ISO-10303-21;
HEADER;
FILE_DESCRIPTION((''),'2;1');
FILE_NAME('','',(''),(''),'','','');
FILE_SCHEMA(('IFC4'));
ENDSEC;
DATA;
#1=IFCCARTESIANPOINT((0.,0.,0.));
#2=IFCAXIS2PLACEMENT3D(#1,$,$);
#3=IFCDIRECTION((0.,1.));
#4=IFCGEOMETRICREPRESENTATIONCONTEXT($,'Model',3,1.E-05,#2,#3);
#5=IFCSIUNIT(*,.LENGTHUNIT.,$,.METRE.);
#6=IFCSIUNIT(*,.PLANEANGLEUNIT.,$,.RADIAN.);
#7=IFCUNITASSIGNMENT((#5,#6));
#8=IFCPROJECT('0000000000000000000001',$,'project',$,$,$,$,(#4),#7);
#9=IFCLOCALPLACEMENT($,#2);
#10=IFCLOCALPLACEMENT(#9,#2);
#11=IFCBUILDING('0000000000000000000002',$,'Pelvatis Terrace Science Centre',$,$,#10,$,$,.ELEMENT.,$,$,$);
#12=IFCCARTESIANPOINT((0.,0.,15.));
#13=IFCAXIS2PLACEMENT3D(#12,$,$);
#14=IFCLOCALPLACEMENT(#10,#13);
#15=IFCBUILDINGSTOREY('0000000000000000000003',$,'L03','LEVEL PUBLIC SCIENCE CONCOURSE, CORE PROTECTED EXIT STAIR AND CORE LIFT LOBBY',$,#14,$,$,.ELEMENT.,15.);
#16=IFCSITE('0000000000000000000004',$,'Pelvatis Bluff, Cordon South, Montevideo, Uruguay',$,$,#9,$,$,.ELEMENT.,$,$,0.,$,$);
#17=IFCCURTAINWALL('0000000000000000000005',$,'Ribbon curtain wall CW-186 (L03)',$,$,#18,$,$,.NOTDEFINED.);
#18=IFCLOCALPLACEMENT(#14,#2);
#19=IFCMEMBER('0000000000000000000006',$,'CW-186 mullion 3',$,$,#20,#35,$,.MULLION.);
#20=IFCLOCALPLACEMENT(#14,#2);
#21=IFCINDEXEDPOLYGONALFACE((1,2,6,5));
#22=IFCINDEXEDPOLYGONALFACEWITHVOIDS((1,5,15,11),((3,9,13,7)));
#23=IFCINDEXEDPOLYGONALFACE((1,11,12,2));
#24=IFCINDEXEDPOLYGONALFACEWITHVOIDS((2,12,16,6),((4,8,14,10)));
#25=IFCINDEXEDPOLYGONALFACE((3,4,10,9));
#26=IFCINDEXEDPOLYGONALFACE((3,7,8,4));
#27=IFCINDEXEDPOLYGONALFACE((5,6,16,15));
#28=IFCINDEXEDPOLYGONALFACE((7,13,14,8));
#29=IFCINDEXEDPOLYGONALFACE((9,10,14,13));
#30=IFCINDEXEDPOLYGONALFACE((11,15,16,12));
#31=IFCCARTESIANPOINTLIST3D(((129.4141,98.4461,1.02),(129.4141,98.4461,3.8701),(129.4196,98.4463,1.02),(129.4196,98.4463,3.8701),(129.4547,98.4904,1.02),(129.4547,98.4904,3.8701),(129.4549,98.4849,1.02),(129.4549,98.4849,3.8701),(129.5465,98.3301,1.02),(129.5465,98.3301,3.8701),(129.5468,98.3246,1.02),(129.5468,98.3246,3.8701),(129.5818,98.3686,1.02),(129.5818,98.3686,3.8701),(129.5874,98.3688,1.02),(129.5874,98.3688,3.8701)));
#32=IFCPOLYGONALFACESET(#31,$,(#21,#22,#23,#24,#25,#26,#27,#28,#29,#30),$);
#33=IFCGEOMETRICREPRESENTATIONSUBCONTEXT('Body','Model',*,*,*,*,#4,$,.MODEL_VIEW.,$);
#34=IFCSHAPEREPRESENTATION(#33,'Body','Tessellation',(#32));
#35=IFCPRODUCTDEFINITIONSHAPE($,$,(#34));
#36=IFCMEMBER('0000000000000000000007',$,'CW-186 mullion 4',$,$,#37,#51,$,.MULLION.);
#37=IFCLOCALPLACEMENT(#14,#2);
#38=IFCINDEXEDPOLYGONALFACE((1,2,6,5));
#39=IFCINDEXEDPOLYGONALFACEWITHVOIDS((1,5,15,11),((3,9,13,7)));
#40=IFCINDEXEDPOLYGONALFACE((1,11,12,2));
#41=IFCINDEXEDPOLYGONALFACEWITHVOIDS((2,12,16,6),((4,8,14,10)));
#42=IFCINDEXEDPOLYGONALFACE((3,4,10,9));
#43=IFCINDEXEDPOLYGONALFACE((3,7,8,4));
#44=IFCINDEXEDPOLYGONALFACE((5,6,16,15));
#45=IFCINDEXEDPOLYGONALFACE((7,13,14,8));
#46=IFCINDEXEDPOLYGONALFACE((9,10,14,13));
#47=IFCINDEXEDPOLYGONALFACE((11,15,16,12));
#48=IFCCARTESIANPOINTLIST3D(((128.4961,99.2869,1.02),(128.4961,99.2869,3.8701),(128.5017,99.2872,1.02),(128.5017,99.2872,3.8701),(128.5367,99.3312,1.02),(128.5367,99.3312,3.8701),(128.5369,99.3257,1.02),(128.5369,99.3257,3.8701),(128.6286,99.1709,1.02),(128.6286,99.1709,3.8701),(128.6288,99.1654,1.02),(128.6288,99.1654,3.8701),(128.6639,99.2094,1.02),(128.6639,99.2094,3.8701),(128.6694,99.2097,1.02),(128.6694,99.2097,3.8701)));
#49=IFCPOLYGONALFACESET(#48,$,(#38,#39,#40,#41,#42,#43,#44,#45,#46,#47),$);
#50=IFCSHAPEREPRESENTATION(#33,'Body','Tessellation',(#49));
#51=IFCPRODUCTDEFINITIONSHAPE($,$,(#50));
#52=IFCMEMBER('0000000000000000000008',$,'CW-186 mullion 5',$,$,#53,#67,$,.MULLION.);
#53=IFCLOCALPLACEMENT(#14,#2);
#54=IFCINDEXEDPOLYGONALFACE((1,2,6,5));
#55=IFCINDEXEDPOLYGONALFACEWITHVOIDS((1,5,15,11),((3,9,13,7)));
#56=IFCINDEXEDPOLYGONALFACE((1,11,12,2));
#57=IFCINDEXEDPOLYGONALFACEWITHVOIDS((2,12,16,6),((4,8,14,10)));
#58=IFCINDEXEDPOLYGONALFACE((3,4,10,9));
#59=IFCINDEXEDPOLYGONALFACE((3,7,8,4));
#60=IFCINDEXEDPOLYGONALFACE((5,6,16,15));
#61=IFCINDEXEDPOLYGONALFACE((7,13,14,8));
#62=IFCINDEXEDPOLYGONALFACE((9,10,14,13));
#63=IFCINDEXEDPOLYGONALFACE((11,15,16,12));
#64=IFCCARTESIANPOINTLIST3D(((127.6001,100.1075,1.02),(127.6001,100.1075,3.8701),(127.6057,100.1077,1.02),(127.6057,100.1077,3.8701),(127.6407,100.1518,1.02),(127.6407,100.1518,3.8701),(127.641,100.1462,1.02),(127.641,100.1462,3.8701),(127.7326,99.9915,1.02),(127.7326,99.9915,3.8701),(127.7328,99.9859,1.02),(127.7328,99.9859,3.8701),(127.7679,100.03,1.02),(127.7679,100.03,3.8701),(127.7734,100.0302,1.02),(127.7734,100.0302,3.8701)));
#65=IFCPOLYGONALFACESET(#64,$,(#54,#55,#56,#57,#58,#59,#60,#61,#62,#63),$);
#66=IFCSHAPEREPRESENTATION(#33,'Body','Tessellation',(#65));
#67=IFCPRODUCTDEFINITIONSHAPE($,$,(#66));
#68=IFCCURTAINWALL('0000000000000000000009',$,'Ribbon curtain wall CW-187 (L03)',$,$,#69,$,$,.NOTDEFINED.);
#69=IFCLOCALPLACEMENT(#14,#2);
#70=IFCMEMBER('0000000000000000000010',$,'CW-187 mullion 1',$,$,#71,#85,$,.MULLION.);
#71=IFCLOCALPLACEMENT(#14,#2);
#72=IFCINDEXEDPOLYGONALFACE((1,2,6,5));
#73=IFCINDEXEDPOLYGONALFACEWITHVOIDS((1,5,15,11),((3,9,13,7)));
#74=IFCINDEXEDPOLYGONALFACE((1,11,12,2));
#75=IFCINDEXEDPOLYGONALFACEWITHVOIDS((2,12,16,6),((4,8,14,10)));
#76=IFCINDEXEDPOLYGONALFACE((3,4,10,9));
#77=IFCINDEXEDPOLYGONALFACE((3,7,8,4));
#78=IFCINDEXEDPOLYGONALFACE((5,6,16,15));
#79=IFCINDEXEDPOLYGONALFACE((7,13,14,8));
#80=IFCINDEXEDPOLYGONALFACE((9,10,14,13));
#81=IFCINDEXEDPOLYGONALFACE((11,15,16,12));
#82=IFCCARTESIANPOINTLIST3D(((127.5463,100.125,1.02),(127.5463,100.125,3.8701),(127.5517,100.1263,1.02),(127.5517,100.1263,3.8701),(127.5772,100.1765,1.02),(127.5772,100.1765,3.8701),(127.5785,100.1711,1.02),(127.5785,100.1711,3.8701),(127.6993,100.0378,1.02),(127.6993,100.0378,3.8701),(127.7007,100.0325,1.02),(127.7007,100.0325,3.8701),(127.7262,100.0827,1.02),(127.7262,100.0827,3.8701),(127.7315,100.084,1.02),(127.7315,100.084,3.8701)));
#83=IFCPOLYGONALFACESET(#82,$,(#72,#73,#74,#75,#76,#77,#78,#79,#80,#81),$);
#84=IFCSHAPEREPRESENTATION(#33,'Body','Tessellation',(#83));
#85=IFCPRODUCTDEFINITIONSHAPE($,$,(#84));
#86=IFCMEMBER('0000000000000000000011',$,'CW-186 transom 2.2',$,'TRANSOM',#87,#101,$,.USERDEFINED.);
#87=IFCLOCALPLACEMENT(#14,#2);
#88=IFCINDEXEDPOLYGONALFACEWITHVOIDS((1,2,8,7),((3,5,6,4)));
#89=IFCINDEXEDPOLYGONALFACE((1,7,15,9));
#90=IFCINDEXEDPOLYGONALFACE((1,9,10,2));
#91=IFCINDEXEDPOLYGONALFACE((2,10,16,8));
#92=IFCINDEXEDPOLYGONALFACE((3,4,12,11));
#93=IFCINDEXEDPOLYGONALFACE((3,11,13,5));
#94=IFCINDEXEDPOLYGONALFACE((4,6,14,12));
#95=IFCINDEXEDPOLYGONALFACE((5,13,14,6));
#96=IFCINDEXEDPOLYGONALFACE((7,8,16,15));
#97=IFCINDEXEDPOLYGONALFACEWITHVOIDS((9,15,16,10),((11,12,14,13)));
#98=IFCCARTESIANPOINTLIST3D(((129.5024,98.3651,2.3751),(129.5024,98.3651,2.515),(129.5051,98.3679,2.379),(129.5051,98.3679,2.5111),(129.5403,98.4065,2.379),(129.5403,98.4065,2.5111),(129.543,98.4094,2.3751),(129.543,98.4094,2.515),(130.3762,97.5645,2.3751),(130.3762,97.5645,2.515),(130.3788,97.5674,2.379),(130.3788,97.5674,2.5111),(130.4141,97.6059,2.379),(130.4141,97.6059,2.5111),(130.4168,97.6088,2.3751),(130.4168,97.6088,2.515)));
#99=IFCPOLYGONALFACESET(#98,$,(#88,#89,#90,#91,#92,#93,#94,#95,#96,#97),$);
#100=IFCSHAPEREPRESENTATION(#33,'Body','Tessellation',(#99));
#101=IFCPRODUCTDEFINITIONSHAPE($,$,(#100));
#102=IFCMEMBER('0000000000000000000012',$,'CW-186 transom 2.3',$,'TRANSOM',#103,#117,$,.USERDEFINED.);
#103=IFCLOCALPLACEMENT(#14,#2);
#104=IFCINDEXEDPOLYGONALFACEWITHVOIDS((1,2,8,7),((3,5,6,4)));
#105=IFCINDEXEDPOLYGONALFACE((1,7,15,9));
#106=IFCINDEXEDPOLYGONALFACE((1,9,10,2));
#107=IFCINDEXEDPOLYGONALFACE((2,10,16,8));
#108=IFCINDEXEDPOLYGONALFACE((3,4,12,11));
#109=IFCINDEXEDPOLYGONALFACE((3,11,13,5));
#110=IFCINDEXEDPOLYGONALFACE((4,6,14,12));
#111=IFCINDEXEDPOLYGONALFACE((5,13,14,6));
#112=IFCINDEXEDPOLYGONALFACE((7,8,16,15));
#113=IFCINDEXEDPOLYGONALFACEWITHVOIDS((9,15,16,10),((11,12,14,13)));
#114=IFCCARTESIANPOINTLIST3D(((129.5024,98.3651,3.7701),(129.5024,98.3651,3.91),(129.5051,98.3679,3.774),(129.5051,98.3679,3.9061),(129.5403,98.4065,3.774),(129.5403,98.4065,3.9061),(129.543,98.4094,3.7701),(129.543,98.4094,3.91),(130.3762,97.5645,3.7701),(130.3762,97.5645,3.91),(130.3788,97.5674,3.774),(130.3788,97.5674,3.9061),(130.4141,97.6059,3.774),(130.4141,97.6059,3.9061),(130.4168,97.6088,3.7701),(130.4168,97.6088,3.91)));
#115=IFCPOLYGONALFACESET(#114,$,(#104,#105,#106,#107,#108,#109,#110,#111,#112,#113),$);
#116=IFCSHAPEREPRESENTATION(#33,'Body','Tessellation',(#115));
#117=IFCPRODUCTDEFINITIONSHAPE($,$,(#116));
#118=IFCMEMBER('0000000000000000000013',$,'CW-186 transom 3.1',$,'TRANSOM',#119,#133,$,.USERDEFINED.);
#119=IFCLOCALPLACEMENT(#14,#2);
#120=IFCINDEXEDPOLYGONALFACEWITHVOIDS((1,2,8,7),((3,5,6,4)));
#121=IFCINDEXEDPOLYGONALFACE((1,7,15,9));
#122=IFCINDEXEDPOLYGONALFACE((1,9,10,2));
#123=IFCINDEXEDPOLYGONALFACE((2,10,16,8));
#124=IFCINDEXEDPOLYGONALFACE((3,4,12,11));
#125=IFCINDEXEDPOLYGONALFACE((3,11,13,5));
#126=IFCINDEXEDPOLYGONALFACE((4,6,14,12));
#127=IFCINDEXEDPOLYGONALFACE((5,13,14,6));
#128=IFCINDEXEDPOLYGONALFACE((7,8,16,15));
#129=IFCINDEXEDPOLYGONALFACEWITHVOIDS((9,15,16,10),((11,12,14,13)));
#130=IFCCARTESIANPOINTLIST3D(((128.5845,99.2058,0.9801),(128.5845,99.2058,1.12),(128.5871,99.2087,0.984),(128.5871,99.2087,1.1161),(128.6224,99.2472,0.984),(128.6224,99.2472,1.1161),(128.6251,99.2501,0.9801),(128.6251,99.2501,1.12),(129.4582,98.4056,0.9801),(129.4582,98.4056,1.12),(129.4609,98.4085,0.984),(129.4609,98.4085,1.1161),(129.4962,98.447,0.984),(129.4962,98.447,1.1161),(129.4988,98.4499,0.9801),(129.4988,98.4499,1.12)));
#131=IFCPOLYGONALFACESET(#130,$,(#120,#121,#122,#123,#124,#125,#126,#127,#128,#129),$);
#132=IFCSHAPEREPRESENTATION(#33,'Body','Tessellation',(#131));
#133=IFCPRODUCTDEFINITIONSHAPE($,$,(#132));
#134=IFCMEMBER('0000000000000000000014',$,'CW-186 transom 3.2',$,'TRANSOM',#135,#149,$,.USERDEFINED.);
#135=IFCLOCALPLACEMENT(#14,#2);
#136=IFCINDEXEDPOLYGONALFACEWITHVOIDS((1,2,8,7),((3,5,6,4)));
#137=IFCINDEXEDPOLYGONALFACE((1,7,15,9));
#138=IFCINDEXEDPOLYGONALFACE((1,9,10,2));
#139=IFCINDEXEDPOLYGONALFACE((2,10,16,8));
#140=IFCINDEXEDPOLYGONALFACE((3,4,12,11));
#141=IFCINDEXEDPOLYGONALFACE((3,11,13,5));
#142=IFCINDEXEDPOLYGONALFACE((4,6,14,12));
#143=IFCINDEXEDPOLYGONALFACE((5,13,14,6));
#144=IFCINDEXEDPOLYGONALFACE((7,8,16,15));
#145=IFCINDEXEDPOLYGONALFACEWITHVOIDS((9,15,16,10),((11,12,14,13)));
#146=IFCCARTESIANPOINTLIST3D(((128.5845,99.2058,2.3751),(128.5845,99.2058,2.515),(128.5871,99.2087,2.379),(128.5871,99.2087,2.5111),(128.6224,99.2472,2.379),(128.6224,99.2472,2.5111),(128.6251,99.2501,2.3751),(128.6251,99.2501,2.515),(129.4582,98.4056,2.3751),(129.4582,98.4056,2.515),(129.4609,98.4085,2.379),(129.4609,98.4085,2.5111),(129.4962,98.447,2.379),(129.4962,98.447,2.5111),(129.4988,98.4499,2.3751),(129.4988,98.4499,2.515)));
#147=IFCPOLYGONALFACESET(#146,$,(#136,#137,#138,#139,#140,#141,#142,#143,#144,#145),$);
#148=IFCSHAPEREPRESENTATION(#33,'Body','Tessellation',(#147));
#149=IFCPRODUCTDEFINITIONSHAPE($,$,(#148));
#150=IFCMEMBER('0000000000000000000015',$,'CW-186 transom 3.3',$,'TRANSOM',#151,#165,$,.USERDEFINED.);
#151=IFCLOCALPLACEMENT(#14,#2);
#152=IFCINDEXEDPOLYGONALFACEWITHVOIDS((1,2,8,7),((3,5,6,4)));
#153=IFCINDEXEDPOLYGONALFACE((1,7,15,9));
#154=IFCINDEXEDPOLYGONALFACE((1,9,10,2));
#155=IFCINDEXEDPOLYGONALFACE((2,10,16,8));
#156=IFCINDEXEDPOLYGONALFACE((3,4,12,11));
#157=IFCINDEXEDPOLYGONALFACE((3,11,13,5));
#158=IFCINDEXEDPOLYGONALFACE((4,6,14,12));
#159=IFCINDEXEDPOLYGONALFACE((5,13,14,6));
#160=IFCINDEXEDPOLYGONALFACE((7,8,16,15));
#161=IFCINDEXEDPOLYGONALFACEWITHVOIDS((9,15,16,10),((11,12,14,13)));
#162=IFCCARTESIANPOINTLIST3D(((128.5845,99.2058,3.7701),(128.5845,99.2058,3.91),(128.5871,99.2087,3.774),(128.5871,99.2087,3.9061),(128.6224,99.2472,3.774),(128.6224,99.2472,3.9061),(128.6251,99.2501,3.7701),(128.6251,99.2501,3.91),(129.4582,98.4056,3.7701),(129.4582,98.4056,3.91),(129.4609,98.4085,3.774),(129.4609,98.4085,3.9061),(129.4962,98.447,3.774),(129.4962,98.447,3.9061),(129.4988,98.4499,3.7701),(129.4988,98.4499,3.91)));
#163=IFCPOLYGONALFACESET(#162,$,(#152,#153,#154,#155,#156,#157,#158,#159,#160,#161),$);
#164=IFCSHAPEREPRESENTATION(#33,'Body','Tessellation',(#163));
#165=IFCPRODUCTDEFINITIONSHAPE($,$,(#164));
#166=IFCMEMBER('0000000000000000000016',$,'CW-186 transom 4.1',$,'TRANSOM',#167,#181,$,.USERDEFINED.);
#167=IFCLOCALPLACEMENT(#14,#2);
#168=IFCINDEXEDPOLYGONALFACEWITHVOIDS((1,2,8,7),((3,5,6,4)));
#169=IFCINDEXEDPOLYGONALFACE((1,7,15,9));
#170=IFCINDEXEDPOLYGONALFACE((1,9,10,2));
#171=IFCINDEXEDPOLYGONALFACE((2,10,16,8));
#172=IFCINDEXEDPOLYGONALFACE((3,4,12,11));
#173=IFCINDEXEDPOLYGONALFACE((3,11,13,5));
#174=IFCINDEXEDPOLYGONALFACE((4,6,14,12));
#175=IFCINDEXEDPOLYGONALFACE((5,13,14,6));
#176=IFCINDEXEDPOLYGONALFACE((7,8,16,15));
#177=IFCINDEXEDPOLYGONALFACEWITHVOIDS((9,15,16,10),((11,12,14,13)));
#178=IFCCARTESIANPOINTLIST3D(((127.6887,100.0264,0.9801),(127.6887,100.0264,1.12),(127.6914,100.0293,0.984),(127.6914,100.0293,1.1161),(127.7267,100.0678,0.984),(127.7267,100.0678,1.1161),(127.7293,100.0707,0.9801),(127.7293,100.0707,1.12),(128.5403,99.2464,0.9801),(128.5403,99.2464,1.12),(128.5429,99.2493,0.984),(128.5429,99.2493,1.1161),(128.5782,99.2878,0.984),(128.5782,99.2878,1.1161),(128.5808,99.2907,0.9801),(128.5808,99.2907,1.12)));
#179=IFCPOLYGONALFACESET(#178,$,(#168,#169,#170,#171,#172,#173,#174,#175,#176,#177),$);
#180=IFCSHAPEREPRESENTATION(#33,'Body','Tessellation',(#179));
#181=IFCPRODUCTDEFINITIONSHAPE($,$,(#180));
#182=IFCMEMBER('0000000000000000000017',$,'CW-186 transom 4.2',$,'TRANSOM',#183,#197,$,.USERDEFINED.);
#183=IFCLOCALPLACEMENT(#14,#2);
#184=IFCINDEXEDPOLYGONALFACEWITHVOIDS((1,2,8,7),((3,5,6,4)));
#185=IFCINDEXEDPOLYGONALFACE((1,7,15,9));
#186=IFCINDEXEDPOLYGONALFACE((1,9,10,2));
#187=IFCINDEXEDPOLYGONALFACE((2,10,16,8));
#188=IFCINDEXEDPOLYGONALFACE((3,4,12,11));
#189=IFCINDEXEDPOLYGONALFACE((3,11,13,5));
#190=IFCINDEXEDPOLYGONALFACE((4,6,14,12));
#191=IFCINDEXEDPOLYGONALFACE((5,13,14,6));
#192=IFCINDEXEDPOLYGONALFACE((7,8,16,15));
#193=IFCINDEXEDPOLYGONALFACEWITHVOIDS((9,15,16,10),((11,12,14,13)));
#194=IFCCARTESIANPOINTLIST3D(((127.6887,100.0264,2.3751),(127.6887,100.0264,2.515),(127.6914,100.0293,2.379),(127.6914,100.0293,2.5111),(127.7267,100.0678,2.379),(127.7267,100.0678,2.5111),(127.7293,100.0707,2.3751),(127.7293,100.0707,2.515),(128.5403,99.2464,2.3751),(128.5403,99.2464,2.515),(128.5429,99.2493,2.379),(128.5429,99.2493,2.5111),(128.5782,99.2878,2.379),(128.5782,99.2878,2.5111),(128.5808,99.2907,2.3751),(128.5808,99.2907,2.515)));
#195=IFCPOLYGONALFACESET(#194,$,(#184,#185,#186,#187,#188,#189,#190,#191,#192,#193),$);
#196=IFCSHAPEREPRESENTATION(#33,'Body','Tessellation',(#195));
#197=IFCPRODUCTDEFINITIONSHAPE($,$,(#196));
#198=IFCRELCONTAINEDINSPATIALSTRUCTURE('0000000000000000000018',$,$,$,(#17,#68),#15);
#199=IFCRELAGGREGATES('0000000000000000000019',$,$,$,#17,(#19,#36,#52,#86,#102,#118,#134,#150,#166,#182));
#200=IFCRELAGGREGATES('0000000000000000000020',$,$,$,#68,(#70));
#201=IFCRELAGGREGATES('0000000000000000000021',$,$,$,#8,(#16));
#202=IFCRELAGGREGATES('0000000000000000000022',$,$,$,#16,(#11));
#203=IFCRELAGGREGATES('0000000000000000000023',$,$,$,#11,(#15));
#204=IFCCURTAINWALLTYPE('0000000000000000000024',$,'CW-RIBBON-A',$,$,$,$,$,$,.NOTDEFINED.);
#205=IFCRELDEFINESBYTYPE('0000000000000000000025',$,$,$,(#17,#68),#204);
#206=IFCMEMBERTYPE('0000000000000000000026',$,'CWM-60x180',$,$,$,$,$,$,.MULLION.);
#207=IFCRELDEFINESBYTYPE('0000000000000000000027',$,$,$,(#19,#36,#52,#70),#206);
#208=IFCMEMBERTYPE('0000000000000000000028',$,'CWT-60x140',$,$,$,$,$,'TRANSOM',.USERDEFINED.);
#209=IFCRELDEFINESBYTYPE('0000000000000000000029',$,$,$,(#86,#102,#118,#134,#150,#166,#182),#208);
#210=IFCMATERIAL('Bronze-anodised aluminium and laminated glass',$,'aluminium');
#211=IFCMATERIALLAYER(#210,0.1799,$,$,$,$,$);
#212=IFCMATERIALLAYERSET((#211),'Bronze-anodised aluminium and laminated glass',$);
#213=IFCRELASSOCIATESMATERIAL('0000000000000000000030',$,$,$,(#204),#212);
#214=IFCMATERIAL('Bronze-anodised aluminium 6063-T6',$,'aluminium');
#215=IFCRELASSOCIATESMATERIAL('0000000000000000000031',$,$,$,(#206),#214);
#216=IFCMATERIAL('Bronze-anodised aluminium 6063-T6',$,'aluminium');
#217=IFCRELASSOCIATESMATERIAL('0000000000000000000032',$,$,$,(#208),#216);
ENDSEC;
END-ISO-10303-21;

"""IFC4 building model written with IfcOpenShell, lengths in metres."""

from ifc_helpers import new_model, si_unit, direction, frame, origin, origin_2d, place, context, subcontext, project, spatial, hollow_rectangle, extrude, material, layer, layer_set, material_profile, profile_set, type_object, element, aggregate, save


model = new_model("IFC4")

# Units and contexts
model_context = context("Model", 3, precision=1e-05, world=origin(), true_north=direction((0.0, 1.0)))
body_context = subcontext(model_context, "Body", "Model", "MODEL_VIEW")
ifc_project = project(units=[si_unit("LENGTHUNIT", "METRE"), si_unit("PLANEANGLEUNIT", "RADIAN")], contexts=[model_context])

# Site, building, storey
site_placement = place(None, origin())
site = spatial("IfcSite", under=ifc_project, at=site_placement, Name="Pelvatis Bluff, Cordon South, Montevideo, Uruguay", CompositionType="ELEMENT", RefElevation=0.0)
building_placement = place(site_placement, origin())
building = spatial("IfcBuilding", under=site, at=building_placement, Name="Pelvatis Terrace Science Centre", CompositionType="ELEMENT")
storey_placement = place(building_placement, frame((0.0, 0.0, 15.0)))
storey = spatial("IfcBuildingStorey", under=building, at=storey_placement, Name="L03", Description="LEVEL PUBLIC SCIENCE CONCOURSE, CORE PROTECTED EXIT STAIR AND CORE LIFT LOBBY", CompositionType="ELEMENT", Elevation=15.0)

# Curtain wall, members
ifc_material_1 = material(Name="Bronze-anodised aluminium and laminated glass", Category="aluminium")
ifc_layer_1 = layer(ifc_material_1, 0.1799)
ifc_layer_set_1 = layer_set([ifc_layer_1], Name="Bronze-anodised aluminium and laminated glass")
curtain_wall_type = type_object("IfcCurtainWallType", Name="CW-RIBBON-A", PredefinedType="NOTDEFINED", material=ifc_layer_set_1)
curtain_wall_1_placement = place(storey_placement, origin())
curtain_wall_1 = element("IfcCurtainWall", 1, at=curtain_wall_1_placement, inside=storey, type_object=curtain_wall_type, Name="Ribbon curtain wall CW-186 (L03)", PredefinedType="NOTDEFINED")
ifc_material_2 = material(Name="Bronze-anodised aluminium 6063-T6", Category="aluminium")
ifc_material_profile_1 = material_profile(ifc_material_2, hollow_rectangle(XDim=0.0601, YDim=0.1799, WallThickness=0.0039, at=origin_2d()), Name="ALU-MUL 60x180")
ifc_profile_set_1 = profile_set([ifc_material_profile_1], Name="Bronze-anodised aluminium 6063-T6")
member_type_1 = type_object("IfcMemberType", Name="CWM-60x180", PredefinedType="MULLION", material=ifc_profile_set_1)
member_1_placement = place(storey_placement, frame((129.5007, 98.4075, 1.02), z_axis=(0.0, 0.0, 1.0), x_axis=(-0.675452, -0.737404, 0.0)))
member_1 = element("IfcMember", 2, at=member_1_placement, type_object=member_type_1, Name="CW-186 mullion 3", PredefinedType="MULLION", context=body_context, shape_type="SweptSolid", body=[
    extrude(hollow_rectangle(XDim=0.0601, YDim=0.1799, WallThickness=0.0039, at=origin_2d()), origin(), (0.0, 0.0, 1.0), 2.8501),
])
member_2_placement = place(storey_placement, frame((128.5828, 99.2483, 1.02), z_axis=(0.0, 0.0, 1.0), x_axis=(-0.675452, -0.737404, 0.0)))
member_2 = element("IfcMember", 3, at=member_2_placement, type_object=member_type_1, Name="CW-186 mullion 4", PredefinedType="MULLION", context=body_context, shape_type="SweptSolid", body=[
    extrude(hollow_rectangle(XDim=0.0601, YDim=0.1799, WallThickness=0.0039, at=origin_2d()), origin(), (0.0, 0.0, 1.0), 2.8501),
])
member_3_placement = place(storey_placement, frame((127.6868, 100.0688, 1.02), z_axis=(0.0, 0.0, 1.0), x_axis=(-0.675452, -0.737404, 0.0)))
member_3 = element("IfcMember", 4, at=member_3_placement, type_object=member_type_1, Name="CW-186 mullion 5", PredefinedType="MULLION", context=body_context, shape_type="SweptSolid", body=[
    extrude(hollow_rectangle(XDim=0.0601, YDim=0.1799, WallThickness=0.0039, at=origin_2d()), origin(), (0.0, 0.0, 1.0), 2.8501),
])

# Curtain wall, member
curtain_wall_2_placement = place(storey_placement, origin())
curtain_wall_2 = element("IfcCurtainWall", 5, at=curtain_wall_2_placement, inside=storey, type_object=curtain_wall_type, Name="Ribbon curtain wall CW-187 (L03)", PredefinedType="NOTDEFINED")
member_4_placement = place(storey_placement, frame((127.6389, 100.1045, 1.02), z_axis=(0.0, 0.0, 1.0), x_axis=(-0.513996, -0.857793, 0.0)))
member_4 = element("IfcMember", 6, at=member_4_placement, type_object=member_type_1, Name="CW-187 mullion 1", PredefinedType="MULLION", context=body_context, shape_type="SweptSolid", body=[
    extrude(hollow_rectangle(XDim=0.0601, YDim=0.1799, WallThickness=0.0039, at=origin_2d()), origin(), (0.0, 0.0, 1.0), 2.8501),
])

# Members
ifc_material_3 = material(Name="Bronze-anodised aluminium 6063-T6", Category="aluminium")
ifc_material_profile_2 = material_profile(ifc_material_3, hollow_rectangle(XDim=0.0601, YDim=0.1399, WallThickness=0.0039, at=origin_2d()), Name="ALU-TRN 60x140")
ifc_profile_set_2 = profile_set([ifc_material_profile_2], Name="Bronze-anodised aluminium 6063-T6")
member_type_2 = type_object("IfcMemberType", Name="CWT-60x140", ElementType="TRANSOM", PredefinedType="USERDEFINED", material=ifc_profile_set_2)
member_5_placement = place(storey_placement, frame((130.3965, 97.5867, 2.4451), z_axis=(-0.737334, 0.675529, 0.0), x_axis=(-0.675529, -0.737334, 0.0)))
member_5 = element("IfcMember", 7, at=member_5_placement, type_object=member_type_2, Name="CW-186 transom 2.2", ObjectType="TRANSOM", PredefinedType="USERDEFINED", context=body_context, shape_type="SweptSolid", body=[
    extrude(hollow_rectangle(XDim=0.0601, YDim=0.1399, WallThickness=0.0039, at=origin_2d()), origin(), (0.0, 0.0, 1.0), 1.1851),
])
member_6_placement = place(storey_placement, frame((130.3965, 97.5867, 3.8401), z_axis=(-0.737334, 0.675529, 0.0), x_axis=(-0.675529, -0.737334, 0.0)))
member_6 = element("IfcMember", 8, at=member_6_placement, type_object=member_type_2, Name="CW-186 transom 2.3", ObjectType="TRANSOM", PredefinedType="USERDEFINED", context=body_context, shape_type="SweptSolid", body=[
    extrude(hollow_rectangle(XDim=0.0601, YDim=0.1399, WallThickness=0.0039, at=origin_2d()), origin(), (0.0, 0.0, 1.0), 1.1851),
])
member_7_placement = place(storey_placement, frame((129.4785, 98.4277, 1.05), z_axis=(-0.737436, 0.675417, 0.0), x_axis=(-0.675417, -0.737436, 0.0)))
member_7 = element("IfcMember", 9, at=member_7_placement, type_object=member_type_2, Name="CW-186 transom 3.1", ObjectType="TRANSOM", PredefinedType="USERDEFINED", context=body_context, shape_type="SweptSolid", body=[
    extrude(hollow_rectangle(XDim=0.0601, YDim=0.1399, WallThickness=0.0039, at=origin_2d()), origin(), (0.0, 0.0, 1.0), 1.1848),
])
member_8_placement = place(storey_placement, frame((129.4785, 98.4277, 2.4451), z_axis=(-0.737436, 0.675417, 0.0), x_axis=(-0.675417, -0.737436, 0.0)))
member_8 = element("IfcMember", 10, at=member_8_placement, type_object=member_type_2, Name="CW-186 transom 3.2", ObjectType="TRANSOM", PredefinedType="USERDEFINED", context=body_context, shape_type="SweptSolid", body=[
    extrude(hollow_rectangle(XDim=0.0601, YDim=0.1399, WallThickness=0.0039, at=origin_2d()), origin(), (0.0, 0.0, 1.0), 1.1848),
])
member_9_placement = place(storey_placement, frame((129.4785, 98.4277, 3.8401), z_axis=(-0.737436, 0.675417, 0.0), x_axis=(-0.675417, -0.737436, 0.0)))
member_9 = element("IfcMember", 11, at=member_9_placement, type_object=member_type_2, Name="CW-186 transom 3.3", ObjectType="TRANSOM", PredefinedType="USERDEFINED", context=body_context, shape_type="SweptSolid", body=[
    extrude(hollow_rectangle(XDim=0.0601, YDim=0.1399, WallThickness=0.0039, at=origin_2d()), origin(), (0.0, 0.0, 1.0), 1.1848),
])
member_10_placement = place(storey_placement, frame((128.5605, 99.2686, 1.05), z_axis=(-0.7374, 0.675457, 0.0), x_axis=(-0.675457, -0.7374, 0.0)))
member_10 = element("IfcMember", 12, at=member_10_placement, type_object=member_type_2, Name="CW-186 transom 4.1", ObjectType="TRANSOM", PredefinedType="USERDEFINED", context=body_context, shape_type="SweptSolid", body=[
    extrude(hollow_rectangle(XDim=0.0601, YDim=0.1399, WallThickness=0.0039, at=origin_2d()), origin(), (0.0, 0.0, 1.0), 1.1548),
])
member_11_placement = place(storey_placement, frame((128.5605, 99.2686, 2.4451), z_axis=(-0.7374, 0.675457, 0.0), x_axis=(-0.675457, -0.7374, 0.0)))
member_11 = element("IfcMember", 13, at=member_11_placement, type_object=member_type_2, Name="CW-186 transom 4.2", ObjectType="TRANSOM", PredefinedType="USERDEFINED", context=body_context, shape_type="SweptSolid", body=[
    extrude(hollow_rectangle(XDim=0.0601, YDim=0.1399, WallThickness=0.0039, at=origin_2d()), origin(), (0.0, 0.0, 1.0), 1.1548),
])

aggregate(curtain_wall_1, [member_1, member_2, member_3, member_5, member_6, member_7, member_8, member_9, member_10, member_11])
aggregate(curtain_wall_2, [member_4])

save(model, "model.ifc")
